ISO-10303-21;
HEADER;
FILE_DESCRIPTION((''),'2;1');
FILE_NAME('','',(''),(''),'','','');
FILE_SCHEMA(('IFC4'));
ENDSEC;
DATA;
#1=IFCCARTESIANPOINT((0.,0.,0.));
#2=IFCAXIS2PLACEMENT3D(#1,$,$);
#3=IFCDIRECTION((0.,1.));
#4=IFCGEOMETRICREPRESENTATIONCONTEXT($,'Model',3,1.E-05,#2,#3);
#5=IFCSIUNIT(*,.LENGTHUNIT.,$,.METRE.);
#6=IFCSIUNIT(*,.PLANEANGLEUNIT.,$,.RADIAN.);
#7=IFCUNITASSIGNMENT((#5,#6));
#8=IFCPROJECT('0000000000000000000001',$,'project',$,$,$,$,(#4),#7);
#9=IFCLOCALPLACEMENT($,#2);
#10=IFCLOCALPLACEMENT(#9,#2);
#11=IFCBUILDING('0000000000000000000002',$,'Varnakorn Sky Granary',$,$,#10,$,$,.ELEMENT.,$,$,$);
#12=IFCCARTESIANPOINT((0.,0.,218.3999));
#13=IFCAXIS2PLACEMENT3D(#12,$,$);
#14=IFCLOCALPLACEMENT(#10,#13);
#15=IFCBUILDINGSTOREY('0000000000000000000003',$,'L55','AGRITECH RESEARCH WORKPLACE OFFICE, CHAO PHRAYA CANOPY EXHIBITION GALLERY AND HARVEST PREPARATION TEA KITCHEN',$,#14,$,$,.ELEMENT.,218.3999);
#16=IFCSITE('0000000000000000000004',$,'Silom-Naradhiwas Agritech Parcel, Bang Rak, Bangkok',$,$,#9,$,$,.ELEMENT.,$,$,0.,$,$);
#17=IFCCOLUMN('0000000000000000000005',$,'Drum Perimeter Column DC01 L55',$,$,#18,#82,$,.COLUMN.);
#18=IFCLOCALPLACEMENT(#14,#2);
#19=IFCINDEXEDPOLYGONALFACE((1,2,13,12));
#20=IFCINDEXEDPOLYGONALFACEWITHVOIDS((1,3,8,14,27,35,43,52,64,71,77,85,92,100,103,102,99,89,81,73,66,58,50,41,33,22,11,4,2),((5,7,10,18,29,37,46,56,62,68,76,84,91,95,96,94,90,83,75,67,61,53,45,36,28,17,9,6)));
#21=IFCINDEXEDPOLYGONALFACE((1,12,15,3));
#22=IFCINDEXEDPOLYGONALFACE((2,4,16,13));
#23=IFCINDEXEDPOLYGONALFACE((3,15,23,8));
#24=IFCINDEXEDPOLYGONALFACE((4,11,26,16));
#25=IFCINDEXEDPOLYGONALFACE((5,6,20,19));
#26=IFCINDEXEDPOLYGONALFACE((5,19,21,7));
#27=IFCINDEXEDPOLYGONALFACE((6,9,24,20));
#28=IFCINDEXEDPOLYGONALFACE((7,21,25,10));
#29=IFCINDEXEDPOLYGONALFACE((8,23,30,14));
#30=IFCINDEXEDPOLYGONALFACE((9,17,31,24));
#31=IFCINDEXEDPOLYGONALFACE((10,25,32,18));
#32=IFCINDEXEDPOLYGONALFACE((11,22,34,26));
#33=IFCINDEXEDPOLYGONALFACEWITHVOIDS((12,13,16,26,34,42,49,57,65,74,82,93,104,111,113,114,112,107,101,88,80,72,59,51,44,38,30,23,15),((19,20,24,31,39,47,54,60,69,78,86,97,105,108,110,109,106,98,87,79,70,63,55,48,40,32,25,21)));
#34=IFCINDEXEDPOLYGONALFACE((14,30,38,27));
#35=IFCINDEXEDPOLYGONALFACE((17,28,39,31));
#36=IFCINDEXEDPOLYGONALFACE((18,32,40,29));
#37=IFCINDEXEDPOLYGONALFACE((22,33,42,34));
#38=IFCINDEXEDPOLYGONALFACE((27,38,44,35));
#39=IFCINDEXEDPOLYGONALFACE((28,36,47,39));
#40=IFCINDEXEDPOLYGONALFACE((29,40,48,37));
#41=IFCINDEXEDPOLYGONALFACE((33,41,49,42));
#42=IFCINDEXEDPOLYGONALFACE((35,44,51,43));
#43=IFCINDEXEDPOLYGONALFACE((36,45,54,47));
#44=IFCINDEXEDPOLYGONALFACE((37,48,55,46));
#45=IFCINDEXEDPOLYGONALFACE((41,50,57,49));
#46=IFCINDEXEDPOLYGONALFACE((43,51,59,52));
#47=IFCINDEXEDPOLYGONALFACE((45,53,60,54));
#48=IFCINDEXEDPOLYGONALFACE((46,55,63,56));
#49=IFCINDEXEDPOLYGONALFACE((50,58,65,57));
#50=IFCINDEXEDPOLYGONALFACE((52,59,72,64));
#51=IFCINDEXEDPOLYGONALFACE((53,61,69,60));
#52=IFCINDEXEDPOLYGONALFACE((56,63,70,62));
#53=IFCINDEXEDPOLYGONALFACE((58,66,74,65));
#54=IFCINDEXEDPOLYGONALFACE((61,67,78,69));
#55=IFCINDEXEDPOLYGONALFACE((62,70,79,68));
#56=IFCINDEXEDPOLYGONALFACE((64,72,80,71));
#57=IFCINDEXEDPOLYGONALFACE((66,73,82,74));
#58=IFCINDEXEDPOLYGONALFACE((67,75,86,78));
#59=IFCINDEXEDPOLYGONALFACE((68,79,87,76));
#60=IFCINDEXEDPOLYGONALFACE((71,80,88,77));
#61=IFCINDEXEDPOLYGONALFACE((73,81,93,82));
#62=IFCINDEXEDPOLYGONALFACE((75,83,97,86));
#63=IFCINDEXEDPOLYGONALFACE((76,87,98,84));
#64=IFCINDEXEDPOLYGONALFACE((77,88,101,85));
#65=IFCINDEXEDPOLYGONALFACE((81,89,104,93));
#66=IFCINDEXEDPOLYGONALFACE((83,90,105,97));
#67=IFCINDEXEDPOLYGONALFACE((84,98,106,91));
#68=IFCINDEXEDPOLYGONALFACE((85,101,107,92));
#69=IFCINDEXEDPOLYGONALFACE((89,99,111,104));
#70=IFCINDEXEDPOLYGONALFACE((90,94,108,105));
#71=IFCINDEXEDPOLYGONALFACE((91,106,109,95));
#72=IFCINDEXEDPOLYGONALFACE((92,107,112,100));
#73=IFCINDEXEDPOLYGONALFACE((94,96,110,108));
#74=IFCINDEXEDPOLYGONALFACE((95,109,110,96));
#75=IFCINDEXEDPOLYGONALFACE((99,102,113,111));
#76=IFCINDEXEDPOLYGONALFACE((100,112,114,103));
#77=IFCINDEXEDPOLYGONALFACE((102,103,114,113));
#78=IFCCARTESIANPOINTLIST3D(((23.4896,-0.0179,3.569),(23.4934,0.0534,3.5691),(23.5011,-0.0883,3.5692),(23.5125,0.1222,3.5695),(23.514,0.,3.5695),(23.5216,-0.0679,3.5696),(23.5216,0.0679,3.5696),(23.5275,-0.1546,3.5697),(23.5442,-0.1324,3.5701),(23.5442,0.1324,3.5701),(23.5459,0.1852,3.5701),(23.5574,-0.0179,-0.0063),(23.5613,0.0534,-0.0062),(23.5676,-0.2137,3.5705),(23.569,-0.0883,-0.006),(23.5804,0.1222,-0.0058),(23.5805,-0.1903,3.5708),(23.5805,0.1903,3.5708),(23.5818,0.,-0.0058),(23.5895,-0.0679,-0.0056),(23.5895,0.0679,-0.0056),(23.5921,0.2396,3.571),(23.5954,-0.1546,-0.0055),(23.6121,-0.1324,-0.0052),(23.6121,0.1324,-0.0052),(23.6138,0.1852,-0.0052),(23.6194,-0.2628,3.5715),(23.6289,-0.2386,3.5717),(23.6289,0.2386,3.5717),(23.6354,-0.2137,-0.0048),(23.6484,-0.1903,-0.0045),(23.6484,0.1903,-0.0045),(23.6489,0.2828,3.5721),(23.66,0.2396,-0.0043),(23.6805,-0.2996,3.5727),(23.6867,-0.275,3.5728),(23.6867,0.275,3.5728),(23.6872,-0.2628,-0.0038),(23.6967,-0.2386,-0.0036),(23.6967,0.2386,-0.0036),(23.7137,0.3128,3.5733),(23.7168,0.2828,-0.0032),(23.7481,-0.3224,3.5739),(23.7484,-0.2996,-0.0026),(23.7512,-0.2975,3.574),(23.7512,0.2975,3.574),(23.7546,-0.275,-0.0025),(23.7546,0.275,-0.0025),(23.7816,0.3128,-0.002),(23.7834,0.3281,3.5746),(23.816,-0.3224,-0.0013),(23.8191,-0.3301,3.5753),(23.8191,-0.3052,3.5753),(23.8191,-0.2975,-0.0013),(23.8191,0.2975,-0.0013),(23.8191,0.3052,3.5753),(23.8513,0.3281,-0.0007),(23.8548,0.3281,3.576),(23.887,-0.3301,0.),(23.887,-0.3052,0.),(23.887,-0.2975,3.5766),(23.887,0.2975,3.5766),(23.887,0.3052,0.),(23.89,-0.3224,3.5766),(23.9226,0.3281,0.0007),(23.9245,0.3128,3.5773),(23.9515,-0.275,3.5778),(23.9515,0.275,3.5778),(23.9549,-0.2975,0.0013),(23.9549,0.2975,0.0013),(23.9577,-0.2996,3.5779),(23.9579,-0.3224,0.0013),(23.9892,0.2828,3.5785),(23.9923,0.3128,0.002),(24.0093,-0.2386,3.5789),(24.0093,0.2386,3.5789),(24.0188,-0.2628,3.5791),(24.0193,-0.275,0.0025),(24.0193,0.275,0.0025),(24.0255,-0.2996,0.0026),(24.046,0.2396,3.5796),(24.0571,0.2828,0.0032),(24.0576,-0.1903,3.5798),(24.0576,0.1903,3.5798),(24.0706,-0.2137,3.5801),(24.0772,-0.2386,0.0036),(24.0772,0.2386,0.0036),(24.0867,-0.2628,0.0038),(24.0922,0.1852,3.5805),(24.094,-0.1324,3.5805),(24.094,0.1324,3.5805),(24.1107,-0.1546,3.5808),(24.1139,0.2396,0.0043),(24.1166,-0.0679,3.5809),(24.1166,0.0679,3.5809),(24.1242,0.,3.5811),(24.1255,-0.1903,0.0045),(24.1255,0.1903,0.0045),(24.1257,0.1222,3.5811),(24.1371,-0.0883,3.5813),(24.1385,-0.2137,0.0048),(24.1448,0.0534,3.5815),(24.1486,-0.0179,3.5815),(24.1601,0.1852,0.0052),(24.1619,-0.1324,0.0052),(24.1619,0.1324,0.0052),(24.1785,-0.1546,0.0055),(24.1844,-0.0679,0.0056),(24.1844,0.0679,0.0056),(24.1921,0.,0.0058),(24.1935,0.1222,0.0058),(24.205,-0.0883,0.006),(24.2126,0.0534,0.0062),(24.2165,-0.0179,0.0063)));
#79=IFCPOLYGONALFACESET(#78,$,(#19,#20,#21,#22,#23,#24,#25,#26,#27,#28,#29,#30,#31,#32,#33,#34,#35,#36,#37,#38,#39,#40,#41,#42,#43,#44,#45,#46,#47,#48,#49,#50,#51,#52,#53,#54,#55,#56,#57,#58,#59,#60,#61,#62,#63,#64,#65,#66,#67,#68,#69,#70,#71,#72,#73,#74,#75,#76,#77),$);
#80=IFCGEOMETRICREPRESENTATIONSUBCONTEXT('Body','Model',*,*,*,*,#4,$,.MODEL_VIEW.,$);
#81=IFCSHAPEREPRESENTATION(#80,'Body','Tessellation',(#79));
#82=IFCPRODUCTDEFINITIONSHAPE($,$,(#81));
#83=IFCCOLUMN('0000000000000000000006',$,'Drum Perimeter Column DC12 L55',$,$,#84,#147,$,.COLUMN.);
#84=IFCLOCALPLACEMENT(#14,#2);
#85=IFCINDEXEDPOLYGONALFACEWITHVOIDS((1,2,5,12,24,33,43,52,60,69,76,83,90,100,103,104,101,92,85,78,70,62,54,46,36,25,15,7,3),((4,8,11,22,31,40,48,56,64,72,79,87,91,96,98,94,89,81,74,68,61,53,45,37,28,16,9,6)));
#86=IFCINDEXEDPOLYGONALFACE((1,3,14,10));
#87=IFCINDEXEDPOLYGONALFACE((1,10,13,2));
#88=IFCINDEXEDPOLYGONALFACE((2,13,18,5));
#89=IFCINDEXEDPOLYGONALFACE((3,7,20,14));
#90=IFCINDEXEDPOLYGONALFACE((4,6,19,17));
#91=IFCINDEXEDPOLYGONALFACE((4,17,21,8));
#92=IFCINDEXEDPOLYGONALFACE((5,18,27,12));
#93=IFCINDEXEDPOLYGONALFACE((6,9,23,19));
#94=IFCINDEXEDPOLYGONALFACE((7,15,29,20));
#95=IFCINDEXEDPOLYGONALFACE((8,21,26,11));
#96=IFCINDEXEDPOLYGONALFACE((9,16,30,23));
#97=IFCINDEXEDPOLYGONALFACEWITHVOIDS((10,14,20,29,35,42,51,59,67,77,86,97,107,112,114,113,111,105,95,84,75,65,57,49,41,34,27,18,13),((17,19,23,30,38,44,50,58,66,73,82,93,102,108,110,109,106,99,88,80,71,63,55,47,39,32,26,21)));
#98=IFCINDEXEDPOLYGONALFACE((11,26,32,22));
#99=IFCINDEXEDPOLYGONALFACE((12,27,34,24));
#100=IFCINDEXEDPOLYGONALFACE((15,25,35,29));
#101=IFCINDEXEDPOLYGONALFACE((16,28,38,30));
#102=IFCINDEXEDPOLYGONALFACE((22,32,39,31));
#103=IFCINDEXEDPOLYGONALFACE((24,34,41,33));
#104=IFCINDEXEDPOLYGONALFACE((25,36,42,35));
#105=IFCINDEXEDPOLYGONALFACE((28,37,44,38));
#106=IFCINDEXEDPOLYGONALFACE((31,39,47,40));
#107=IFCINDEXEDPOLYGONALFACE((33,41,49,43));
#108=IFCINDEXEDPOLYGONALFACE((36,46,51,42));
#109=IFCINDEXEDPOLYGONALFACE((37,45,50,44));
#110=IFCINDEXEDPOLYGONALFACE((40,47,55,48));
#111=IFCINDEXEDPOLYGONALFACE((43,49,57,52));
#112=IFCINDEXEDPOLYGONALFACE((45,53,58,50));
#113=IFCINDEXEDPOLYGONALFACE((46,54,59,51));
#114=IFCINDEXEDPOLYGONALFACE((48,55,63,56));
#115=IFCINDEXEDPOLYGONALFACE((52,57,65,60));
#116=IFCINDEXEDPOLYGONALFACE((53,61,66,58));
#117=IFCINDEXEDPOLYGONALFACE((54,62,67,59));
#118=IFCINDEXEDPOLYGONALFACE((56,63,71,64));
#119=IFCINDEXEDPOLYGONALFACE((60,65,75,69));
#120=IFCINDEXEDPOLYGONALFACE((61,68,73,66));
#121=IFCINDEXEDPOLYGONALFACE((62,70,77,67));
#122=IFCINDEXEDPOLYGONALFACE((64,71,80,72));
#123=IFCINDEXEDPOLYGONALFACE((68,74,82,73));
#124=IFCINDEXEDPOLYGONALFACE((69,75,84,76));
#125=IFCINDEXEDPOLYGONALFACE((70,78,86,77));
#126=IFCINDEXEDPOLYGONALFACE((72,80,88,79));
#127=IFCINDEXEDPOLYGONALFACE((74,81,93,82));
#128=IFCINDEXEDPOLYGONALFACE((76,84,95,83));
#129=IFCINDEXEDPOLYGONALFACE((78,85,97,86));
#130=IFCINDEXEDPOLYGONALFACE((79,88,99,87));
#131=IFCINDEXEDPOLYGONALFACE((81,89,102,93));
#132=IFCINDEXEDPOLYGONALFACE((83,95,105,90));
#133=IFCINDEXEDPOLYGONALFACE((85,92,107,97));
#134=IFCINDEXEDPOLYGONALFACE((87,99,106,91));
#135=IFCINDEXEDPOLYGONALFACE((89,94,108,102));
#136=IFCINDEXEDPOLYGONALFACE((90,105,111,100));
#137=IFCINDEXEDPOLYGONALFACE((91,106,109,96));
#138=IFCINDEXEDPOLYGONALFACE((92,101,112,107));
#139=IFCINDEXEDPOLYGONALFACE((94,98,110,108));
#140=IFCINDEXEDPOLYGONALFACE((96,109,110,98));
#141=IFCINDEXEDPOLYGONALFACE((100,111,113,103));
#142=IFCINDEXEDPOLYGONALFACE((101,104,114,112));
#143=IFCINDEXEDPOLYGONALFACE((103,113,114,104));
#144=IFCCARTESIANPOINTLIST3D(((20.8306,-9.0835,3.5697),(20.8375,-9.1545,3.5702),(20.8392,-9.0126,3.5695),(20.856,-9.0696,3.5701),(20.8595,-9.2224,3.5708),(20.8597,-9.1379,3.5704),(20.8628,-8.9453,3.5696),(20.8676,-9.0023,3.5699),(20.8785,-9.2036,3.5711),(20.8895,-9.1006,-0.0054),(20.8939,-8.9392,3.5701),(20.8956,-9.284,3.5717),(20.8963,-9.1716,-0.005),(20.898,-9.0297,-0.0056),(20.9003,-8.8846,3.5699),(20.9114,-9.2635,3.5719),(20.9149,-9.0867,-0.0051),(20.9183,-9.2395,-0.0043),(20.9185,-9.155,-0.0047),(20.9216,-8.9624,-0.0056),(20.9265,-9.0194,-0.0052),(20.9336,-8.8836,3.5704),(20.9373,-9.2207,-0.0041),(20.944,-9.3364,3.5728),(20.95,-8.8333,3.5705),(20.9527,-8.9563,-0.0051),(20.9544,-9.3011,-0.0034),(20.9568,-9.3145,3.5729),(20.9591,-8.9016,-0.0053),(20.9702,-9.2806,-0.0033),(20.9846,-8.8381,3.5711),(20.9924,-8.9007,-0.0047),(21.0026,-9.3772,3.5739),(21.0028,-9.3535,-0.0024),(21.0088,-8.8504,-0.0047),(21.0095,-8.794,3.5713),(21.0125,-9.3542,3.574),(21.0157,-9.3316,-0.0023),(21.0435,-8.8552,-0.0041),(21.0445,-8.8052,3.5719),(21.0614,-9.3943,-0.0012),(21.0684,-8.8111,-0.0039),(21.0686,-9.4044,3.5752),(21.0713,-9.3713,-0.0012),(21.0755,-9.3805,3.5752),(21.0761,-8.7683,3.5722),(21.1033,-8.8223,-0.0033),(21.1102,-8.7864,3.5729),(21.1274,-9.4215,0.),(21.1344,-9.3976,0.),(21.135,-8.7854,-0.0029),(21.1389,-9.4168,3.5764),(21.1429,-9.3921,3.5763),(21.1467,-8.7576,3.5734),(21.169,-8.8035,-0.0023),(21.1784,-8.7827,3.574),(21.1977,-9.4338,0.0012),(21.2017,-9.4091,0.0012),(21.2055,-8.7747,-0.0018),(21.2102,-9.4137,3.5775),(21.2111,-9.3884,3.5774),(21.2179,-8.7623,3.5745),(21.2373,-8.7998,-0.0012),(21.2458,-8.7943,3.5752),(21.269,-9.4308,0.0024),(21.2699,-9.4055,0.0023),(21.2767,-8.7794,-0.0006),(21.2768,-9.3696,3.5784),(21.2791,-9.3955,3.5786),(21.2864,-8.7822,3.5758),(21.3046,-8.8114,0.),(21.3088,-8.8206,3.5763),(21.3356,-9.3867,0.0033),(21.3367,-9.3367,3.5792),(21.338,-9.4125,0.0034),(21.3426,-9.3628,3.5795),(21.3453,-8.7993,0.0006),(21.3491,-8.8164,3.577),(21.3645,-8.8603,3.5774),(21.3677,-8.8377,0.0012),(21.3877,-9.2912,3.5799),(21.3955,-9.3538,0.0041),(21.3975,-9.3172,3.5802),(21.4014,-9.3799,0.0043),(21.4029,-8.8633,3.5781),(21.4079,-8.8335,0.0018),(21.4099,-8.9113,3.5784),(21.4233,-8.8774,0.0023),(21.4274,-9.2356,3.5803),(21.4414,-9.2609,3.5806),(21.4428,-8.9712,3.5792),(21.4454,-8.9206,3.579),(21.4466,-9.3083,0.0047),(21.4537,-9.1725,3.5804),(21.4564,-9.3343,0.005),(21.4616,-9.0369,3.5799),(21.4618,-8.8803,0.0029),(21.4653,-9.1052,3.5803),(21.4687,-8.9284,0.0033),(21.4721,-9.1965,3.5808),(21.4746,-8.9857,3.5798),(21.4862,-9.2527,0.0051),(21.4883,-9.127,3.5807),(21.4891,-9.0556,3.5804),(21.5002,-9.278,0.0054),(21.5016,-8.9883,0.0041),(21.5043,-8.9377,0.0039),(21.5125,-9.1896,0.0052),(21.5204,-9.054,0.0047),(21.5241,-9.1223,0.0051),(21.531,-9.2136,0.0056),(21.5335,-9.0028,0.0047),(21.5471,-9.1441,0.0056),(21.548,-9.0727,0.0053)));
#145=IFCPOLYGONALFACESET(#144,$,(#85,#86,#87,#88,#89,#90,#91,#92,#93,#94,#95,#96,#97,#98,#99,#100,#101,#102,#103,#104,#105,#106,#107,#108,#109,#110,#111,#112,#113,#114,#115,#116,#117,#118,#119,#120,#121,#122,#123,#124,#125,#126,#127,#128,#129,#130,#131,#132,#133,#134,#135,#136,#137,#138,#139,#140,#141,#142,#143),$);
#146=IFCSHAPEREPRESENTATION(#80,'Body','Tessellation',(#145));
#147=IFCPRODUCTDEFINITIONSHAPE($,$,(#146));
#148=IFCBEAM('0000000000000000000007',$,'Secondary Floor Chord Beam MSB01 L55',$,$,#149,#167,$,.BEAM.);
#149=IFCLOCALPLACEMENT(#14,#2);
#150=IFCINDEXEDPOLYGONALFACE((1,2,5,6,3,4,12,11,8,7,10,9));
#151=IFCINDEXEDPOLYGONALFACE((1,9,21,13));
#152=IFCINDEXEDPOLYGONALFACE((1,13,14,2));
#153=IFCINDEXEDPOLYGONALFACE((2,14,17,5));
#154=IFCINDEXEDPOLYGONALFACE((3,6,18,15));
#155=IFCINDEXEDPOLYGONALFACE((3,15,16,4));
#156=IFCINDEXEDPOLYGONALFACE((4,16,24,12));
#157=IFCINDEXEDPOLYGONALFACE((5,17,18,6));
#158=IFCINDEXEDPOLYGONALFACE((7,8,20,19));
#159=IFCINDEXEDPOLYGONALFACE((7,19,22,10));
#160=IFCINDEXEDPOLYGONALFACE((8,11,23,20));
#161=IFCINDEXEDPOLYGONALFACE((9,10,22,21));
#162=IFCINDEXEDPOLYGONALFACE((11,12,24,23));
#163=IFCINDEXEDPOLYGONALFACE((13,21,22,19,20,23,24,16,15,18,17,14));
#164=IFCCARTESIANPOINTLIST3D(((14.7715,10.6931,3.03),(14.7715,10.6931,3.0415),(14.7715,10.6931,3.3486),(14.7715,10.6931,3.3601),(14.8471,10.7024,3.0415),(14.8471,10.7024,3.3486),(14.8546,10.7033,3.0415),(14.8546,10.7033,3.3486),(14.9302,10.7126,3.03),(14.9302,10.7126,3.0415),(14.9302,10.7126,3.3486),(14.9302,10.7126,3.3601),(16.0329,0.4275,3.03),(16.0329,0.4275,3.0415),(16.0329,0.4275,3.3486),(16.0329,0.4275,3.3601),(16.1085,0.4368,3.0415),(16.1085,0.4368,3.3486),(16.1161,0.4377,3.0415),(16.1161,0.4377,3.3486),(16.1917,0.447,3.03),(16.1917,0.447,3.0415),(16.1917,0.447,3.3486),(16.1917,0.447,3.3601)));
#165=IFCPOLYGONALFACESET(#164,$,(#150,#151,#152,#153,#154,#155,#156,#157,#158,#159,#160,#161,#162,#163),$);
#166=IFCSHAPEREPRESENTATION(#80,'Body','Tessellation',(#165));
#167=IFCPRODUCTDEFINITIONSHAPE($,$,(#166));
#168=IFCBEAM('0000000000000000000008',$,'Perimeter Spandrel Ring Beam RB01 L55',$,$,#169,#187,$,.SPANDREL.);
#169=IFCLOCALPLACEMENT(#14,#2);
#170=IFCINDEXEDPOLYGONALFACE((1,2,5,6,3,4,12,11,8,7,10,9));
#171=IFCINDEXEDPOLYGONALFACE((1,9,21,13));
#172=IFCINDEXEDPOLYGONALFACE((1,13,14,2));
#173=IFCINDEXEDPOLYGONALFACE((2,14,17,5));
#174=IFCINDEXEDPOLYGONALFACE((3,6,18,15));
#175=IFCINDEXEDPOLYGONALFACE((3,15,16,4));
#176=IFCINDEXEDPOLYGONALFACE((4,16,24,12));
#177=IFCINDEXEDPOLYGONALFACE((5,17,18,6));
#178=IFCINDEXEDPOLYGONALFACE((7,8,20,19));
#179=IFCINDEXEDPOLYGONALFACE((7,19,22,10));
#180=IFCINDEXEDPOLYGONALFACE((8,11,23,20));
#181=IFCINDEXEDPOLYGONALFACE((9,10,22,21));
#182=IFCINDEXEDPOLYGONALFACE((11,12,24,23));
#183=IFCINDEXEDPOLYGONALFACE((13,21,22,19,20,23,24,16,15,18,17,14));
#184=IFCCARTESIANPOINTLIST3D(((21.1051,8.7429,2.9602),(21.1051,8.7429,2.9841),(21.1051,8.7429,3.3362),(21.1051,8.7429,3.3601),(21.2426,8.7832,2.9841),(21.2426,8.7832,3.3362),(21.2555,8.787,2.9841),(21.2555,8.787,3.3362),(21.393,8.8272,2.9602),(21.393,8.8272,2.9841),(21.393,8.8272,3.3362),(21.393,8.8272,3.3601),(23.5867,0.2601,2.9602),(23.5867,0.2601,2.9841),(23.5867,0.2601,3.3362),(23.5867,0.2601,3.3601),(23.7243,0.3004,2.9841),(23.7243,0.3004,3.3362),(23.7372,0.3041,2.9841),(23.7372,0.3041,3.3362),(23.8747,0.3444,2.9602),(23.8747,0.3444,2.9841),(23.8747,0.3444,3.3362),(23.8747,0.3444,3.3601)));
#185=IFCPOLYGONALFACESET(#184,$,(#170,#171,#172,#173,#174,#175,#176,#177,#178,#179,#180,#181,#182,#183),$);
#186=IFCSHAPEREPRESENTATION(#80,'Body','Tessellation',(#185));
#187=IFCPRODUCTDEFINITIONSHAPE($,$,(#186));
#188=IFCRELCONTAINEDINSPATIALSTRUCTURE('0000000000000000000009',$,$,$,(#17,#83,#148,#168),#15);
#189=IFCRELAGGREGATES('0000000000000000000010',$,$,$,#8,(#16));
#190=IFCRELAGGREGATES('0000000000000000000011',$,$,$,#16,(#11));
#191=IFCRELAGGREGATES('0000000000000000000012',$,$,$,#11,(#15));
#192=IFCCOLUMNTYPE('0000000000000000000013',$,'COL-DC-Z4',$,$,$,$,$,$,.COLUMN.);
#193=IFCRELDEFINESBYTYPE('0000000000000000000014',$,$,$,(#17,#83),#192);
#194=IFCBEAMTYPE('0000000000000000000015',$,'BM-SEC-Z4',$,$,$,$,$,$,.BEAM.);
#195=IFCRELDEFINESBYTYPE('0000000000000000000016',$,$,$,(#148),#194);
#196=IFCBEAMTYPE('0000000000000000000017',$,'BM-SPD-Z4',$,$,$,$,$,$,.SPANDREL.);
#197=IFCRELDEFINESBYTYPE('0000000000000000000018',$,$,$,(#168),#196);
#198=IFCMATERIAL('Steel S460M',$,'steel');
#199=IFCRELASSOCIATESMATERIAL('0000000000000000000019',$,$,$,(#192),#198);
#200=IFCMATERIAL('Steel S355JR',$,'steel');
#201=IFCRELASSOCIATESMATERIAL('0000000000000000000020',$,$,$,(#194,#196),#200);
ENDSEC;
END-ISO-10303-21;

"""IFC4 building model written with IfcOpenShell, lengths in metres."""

from ifc_helpers import new_model, si_unit, direction, frame, origin, origin_2d, place, context, subcontext, project, spatial, hollow_circle, i_section, extrude, material, material_profile, profile_set, type_object, element, save


model = new_model("IFC4")

# Units and contexts
model_context = context("Model", 3, precision=1e-05, world=origin(), true_north=direction((0.0, 1.0)))
body_context = subcontext(model_context, "Body", "Model", "MODEL_VIEW")
ifc_project = project(units=[si_unit("LENGTHUNIT", "METRE"), si_unit("PLANEANGLEUNIT", "RADIAN")], contexts=[model_context])

# Site, building, storey
site_placement = place(None, origin())
site = spatial("IfcSite", under=ifc_project, at=site_placement, Name="Silom-Naradhiwas Agritech Parcel, Bang Rak, Bangkok", CompositionType="ELEMENT", RefElevation=0.0)
building_placement = place(site_placement, origin())
building = spatial("IfcBuilding", under=site, at=building_placement, Name="Varnakorn Sky Granary", CompositionType="ELEMENT")
storey_placement = place(building_placement, frame((0.0, 0.0, 218.3999)))
storey = spatial("IfcBuildingStorey", under=building, at=storey_placement, Name="L55", Description="AGRITECH RESEARCH WORKPLACE OFFICE, CHAO PHRAYA CANOPY EXHIBITION GALLERY AND HARVEST PREPARATION TEA KITCHEN", CompositionType="ELEMENT", Elevation=218.3999)

# Columns
ifc_material_1 = material(Name="Steel S460M", Category="steel")
ifc_material_profile_1 = material_profile(ifc_material_1, hollow_circle(Radius=0.3301, WallThickness=0.0249, at=origin_2d()), Name="CHS 660x25")
ifc_profile_set_1 = profile_set([ifc_material_profile_1], Name="Steel S460M")
column_type = type_object("IfcColumnType", Name="COL-DC-Z4", PredefinedType="COLUMN", material=ifc_profile_set_1)
column_1_placement = place(storey_placement, frame((23.887, 0.0, 0.0), z_axis=(-0.01898, 0.0, 0.99982), x_axis=(0.0, -1.0, 0.0)))
element("IfcColumn", 1, at=column_1_placement, inside=storey, type_object=column_type, Name="Drum Perimeter Column DC01 L55", PredefinedType="COLUMN", context=body_context, shape_type="SweptSolid", body=[
    extrude(hollow_circle(Radius=0.3301, WallThickness=0.0249, at=origin_2d()), origin(), (0.0, 0.0, 1.0), 3.5759),
])
column_2_placement = place(storey_placement, frame((21.2195, -9.1045, 0.0), z_axis=(-0.016455, 0.004779, 0.999853), x_axis=(-0.278929, -0.960312, 0.0)))
element("IfcColumn", 2, at=column_2_placement, inside=storey, type_object=column_type, Name="Drum Perimeter Column DC12 L55", PredefinedType="COLUMN", context=body_context, shape_type="SweptSolid", body=[
    extrude(hollow_circle(Radius=0.3301, WallThickness=0.0249, at=origin_2d()), origin(), (0.0, 0.0, 1.0), 3.5757),
])

# Beams
ifc_material_2 = material(Name="Steel S355JR", Category="steel")
ifc_material_profile_2 = material_profile(ifc_material_2, i_section(OverallWidth=0.1599, OverallDepth=0.3301, WebThickness=0.0076, FlangeThickness=0.0115, at=origin_2d()), Name="IPE 330")
ifc_profile_set_2 = profile_set([ifc_material_profile_2], Name="Steel S355JR")
beam_type_1 = type_object("IfcBeamType", Name="BM-SEC-Z4", PredefinedType="BEAM", material=ifc_profile_set_2)
beam_placement = place(storey_placement, frame((16.1123, 0.4373, 3.1951), z_axis=(-0.121966, 0.992534, 0.0), x_axis=(-0.992534, -0.121966, 0.0)))
element("IfcBeam", 3, at=beam_placement, inside=storey, type_object=beam_type_1, Name="Secondary Floor Chord Beam MSB01 L55", PredefinedType="BEAM", context=body_context, shape_type="SweptSolid", body=[
    extrude(i_section(OverallWidth=0.1599, OverallDepth=0.3301, WebThickness=0.0076, FlangeThickness=0.0115, at=origin_2d()), origin(), (0.0, 0.0, 1.0), 10.3428),
])
ifc_material_profile_3 = material_profile(ifc_material_2, i_section(OverallWidth=0.3, OverallDepth=0.3999, WebThickness=0.0134, FlangeThickness=0.0239, at=origin_2d()), Name="HE 400 B")
ifc_profile_set_3 = profile_set([ifc_material_profile_3], Name="Steel S355JR")
beam_type_2 = type_object("IfcBeamType", Name="BM-SPD-Z4", PredefinedType="SPANDREL", material=ifc_profile_set_3)
for number, where, z_axis, x_axis, name in (
    (4, (23.7307, 0.3022, 3.1602), (-0.280783, 0.959771, 0.0), (-0.959771, -0.280783, 0.0), "Perimeter Spandrel Ring Beam RB01 L55"),
):
    element("IfcBeam", number, at=place(storey_placement, frame(where, z_axis=z_axis, x_axis=x_axis)), inside=storey, type_object=beam_type_2, Name=name, PredefinedType="SPANDREL", context=body_context, shape_type="SweptSolid", body=[
        extrude(i_section(OverallWidth=0.3, OverallDepth=0.3999, WebThickness=0.0134, FlangeThickness=0.0239, at=origin_2d()), origin(), (0.0, 0.0, 1.0), 8.8384),
    ])

save(model, "model.ifc")
